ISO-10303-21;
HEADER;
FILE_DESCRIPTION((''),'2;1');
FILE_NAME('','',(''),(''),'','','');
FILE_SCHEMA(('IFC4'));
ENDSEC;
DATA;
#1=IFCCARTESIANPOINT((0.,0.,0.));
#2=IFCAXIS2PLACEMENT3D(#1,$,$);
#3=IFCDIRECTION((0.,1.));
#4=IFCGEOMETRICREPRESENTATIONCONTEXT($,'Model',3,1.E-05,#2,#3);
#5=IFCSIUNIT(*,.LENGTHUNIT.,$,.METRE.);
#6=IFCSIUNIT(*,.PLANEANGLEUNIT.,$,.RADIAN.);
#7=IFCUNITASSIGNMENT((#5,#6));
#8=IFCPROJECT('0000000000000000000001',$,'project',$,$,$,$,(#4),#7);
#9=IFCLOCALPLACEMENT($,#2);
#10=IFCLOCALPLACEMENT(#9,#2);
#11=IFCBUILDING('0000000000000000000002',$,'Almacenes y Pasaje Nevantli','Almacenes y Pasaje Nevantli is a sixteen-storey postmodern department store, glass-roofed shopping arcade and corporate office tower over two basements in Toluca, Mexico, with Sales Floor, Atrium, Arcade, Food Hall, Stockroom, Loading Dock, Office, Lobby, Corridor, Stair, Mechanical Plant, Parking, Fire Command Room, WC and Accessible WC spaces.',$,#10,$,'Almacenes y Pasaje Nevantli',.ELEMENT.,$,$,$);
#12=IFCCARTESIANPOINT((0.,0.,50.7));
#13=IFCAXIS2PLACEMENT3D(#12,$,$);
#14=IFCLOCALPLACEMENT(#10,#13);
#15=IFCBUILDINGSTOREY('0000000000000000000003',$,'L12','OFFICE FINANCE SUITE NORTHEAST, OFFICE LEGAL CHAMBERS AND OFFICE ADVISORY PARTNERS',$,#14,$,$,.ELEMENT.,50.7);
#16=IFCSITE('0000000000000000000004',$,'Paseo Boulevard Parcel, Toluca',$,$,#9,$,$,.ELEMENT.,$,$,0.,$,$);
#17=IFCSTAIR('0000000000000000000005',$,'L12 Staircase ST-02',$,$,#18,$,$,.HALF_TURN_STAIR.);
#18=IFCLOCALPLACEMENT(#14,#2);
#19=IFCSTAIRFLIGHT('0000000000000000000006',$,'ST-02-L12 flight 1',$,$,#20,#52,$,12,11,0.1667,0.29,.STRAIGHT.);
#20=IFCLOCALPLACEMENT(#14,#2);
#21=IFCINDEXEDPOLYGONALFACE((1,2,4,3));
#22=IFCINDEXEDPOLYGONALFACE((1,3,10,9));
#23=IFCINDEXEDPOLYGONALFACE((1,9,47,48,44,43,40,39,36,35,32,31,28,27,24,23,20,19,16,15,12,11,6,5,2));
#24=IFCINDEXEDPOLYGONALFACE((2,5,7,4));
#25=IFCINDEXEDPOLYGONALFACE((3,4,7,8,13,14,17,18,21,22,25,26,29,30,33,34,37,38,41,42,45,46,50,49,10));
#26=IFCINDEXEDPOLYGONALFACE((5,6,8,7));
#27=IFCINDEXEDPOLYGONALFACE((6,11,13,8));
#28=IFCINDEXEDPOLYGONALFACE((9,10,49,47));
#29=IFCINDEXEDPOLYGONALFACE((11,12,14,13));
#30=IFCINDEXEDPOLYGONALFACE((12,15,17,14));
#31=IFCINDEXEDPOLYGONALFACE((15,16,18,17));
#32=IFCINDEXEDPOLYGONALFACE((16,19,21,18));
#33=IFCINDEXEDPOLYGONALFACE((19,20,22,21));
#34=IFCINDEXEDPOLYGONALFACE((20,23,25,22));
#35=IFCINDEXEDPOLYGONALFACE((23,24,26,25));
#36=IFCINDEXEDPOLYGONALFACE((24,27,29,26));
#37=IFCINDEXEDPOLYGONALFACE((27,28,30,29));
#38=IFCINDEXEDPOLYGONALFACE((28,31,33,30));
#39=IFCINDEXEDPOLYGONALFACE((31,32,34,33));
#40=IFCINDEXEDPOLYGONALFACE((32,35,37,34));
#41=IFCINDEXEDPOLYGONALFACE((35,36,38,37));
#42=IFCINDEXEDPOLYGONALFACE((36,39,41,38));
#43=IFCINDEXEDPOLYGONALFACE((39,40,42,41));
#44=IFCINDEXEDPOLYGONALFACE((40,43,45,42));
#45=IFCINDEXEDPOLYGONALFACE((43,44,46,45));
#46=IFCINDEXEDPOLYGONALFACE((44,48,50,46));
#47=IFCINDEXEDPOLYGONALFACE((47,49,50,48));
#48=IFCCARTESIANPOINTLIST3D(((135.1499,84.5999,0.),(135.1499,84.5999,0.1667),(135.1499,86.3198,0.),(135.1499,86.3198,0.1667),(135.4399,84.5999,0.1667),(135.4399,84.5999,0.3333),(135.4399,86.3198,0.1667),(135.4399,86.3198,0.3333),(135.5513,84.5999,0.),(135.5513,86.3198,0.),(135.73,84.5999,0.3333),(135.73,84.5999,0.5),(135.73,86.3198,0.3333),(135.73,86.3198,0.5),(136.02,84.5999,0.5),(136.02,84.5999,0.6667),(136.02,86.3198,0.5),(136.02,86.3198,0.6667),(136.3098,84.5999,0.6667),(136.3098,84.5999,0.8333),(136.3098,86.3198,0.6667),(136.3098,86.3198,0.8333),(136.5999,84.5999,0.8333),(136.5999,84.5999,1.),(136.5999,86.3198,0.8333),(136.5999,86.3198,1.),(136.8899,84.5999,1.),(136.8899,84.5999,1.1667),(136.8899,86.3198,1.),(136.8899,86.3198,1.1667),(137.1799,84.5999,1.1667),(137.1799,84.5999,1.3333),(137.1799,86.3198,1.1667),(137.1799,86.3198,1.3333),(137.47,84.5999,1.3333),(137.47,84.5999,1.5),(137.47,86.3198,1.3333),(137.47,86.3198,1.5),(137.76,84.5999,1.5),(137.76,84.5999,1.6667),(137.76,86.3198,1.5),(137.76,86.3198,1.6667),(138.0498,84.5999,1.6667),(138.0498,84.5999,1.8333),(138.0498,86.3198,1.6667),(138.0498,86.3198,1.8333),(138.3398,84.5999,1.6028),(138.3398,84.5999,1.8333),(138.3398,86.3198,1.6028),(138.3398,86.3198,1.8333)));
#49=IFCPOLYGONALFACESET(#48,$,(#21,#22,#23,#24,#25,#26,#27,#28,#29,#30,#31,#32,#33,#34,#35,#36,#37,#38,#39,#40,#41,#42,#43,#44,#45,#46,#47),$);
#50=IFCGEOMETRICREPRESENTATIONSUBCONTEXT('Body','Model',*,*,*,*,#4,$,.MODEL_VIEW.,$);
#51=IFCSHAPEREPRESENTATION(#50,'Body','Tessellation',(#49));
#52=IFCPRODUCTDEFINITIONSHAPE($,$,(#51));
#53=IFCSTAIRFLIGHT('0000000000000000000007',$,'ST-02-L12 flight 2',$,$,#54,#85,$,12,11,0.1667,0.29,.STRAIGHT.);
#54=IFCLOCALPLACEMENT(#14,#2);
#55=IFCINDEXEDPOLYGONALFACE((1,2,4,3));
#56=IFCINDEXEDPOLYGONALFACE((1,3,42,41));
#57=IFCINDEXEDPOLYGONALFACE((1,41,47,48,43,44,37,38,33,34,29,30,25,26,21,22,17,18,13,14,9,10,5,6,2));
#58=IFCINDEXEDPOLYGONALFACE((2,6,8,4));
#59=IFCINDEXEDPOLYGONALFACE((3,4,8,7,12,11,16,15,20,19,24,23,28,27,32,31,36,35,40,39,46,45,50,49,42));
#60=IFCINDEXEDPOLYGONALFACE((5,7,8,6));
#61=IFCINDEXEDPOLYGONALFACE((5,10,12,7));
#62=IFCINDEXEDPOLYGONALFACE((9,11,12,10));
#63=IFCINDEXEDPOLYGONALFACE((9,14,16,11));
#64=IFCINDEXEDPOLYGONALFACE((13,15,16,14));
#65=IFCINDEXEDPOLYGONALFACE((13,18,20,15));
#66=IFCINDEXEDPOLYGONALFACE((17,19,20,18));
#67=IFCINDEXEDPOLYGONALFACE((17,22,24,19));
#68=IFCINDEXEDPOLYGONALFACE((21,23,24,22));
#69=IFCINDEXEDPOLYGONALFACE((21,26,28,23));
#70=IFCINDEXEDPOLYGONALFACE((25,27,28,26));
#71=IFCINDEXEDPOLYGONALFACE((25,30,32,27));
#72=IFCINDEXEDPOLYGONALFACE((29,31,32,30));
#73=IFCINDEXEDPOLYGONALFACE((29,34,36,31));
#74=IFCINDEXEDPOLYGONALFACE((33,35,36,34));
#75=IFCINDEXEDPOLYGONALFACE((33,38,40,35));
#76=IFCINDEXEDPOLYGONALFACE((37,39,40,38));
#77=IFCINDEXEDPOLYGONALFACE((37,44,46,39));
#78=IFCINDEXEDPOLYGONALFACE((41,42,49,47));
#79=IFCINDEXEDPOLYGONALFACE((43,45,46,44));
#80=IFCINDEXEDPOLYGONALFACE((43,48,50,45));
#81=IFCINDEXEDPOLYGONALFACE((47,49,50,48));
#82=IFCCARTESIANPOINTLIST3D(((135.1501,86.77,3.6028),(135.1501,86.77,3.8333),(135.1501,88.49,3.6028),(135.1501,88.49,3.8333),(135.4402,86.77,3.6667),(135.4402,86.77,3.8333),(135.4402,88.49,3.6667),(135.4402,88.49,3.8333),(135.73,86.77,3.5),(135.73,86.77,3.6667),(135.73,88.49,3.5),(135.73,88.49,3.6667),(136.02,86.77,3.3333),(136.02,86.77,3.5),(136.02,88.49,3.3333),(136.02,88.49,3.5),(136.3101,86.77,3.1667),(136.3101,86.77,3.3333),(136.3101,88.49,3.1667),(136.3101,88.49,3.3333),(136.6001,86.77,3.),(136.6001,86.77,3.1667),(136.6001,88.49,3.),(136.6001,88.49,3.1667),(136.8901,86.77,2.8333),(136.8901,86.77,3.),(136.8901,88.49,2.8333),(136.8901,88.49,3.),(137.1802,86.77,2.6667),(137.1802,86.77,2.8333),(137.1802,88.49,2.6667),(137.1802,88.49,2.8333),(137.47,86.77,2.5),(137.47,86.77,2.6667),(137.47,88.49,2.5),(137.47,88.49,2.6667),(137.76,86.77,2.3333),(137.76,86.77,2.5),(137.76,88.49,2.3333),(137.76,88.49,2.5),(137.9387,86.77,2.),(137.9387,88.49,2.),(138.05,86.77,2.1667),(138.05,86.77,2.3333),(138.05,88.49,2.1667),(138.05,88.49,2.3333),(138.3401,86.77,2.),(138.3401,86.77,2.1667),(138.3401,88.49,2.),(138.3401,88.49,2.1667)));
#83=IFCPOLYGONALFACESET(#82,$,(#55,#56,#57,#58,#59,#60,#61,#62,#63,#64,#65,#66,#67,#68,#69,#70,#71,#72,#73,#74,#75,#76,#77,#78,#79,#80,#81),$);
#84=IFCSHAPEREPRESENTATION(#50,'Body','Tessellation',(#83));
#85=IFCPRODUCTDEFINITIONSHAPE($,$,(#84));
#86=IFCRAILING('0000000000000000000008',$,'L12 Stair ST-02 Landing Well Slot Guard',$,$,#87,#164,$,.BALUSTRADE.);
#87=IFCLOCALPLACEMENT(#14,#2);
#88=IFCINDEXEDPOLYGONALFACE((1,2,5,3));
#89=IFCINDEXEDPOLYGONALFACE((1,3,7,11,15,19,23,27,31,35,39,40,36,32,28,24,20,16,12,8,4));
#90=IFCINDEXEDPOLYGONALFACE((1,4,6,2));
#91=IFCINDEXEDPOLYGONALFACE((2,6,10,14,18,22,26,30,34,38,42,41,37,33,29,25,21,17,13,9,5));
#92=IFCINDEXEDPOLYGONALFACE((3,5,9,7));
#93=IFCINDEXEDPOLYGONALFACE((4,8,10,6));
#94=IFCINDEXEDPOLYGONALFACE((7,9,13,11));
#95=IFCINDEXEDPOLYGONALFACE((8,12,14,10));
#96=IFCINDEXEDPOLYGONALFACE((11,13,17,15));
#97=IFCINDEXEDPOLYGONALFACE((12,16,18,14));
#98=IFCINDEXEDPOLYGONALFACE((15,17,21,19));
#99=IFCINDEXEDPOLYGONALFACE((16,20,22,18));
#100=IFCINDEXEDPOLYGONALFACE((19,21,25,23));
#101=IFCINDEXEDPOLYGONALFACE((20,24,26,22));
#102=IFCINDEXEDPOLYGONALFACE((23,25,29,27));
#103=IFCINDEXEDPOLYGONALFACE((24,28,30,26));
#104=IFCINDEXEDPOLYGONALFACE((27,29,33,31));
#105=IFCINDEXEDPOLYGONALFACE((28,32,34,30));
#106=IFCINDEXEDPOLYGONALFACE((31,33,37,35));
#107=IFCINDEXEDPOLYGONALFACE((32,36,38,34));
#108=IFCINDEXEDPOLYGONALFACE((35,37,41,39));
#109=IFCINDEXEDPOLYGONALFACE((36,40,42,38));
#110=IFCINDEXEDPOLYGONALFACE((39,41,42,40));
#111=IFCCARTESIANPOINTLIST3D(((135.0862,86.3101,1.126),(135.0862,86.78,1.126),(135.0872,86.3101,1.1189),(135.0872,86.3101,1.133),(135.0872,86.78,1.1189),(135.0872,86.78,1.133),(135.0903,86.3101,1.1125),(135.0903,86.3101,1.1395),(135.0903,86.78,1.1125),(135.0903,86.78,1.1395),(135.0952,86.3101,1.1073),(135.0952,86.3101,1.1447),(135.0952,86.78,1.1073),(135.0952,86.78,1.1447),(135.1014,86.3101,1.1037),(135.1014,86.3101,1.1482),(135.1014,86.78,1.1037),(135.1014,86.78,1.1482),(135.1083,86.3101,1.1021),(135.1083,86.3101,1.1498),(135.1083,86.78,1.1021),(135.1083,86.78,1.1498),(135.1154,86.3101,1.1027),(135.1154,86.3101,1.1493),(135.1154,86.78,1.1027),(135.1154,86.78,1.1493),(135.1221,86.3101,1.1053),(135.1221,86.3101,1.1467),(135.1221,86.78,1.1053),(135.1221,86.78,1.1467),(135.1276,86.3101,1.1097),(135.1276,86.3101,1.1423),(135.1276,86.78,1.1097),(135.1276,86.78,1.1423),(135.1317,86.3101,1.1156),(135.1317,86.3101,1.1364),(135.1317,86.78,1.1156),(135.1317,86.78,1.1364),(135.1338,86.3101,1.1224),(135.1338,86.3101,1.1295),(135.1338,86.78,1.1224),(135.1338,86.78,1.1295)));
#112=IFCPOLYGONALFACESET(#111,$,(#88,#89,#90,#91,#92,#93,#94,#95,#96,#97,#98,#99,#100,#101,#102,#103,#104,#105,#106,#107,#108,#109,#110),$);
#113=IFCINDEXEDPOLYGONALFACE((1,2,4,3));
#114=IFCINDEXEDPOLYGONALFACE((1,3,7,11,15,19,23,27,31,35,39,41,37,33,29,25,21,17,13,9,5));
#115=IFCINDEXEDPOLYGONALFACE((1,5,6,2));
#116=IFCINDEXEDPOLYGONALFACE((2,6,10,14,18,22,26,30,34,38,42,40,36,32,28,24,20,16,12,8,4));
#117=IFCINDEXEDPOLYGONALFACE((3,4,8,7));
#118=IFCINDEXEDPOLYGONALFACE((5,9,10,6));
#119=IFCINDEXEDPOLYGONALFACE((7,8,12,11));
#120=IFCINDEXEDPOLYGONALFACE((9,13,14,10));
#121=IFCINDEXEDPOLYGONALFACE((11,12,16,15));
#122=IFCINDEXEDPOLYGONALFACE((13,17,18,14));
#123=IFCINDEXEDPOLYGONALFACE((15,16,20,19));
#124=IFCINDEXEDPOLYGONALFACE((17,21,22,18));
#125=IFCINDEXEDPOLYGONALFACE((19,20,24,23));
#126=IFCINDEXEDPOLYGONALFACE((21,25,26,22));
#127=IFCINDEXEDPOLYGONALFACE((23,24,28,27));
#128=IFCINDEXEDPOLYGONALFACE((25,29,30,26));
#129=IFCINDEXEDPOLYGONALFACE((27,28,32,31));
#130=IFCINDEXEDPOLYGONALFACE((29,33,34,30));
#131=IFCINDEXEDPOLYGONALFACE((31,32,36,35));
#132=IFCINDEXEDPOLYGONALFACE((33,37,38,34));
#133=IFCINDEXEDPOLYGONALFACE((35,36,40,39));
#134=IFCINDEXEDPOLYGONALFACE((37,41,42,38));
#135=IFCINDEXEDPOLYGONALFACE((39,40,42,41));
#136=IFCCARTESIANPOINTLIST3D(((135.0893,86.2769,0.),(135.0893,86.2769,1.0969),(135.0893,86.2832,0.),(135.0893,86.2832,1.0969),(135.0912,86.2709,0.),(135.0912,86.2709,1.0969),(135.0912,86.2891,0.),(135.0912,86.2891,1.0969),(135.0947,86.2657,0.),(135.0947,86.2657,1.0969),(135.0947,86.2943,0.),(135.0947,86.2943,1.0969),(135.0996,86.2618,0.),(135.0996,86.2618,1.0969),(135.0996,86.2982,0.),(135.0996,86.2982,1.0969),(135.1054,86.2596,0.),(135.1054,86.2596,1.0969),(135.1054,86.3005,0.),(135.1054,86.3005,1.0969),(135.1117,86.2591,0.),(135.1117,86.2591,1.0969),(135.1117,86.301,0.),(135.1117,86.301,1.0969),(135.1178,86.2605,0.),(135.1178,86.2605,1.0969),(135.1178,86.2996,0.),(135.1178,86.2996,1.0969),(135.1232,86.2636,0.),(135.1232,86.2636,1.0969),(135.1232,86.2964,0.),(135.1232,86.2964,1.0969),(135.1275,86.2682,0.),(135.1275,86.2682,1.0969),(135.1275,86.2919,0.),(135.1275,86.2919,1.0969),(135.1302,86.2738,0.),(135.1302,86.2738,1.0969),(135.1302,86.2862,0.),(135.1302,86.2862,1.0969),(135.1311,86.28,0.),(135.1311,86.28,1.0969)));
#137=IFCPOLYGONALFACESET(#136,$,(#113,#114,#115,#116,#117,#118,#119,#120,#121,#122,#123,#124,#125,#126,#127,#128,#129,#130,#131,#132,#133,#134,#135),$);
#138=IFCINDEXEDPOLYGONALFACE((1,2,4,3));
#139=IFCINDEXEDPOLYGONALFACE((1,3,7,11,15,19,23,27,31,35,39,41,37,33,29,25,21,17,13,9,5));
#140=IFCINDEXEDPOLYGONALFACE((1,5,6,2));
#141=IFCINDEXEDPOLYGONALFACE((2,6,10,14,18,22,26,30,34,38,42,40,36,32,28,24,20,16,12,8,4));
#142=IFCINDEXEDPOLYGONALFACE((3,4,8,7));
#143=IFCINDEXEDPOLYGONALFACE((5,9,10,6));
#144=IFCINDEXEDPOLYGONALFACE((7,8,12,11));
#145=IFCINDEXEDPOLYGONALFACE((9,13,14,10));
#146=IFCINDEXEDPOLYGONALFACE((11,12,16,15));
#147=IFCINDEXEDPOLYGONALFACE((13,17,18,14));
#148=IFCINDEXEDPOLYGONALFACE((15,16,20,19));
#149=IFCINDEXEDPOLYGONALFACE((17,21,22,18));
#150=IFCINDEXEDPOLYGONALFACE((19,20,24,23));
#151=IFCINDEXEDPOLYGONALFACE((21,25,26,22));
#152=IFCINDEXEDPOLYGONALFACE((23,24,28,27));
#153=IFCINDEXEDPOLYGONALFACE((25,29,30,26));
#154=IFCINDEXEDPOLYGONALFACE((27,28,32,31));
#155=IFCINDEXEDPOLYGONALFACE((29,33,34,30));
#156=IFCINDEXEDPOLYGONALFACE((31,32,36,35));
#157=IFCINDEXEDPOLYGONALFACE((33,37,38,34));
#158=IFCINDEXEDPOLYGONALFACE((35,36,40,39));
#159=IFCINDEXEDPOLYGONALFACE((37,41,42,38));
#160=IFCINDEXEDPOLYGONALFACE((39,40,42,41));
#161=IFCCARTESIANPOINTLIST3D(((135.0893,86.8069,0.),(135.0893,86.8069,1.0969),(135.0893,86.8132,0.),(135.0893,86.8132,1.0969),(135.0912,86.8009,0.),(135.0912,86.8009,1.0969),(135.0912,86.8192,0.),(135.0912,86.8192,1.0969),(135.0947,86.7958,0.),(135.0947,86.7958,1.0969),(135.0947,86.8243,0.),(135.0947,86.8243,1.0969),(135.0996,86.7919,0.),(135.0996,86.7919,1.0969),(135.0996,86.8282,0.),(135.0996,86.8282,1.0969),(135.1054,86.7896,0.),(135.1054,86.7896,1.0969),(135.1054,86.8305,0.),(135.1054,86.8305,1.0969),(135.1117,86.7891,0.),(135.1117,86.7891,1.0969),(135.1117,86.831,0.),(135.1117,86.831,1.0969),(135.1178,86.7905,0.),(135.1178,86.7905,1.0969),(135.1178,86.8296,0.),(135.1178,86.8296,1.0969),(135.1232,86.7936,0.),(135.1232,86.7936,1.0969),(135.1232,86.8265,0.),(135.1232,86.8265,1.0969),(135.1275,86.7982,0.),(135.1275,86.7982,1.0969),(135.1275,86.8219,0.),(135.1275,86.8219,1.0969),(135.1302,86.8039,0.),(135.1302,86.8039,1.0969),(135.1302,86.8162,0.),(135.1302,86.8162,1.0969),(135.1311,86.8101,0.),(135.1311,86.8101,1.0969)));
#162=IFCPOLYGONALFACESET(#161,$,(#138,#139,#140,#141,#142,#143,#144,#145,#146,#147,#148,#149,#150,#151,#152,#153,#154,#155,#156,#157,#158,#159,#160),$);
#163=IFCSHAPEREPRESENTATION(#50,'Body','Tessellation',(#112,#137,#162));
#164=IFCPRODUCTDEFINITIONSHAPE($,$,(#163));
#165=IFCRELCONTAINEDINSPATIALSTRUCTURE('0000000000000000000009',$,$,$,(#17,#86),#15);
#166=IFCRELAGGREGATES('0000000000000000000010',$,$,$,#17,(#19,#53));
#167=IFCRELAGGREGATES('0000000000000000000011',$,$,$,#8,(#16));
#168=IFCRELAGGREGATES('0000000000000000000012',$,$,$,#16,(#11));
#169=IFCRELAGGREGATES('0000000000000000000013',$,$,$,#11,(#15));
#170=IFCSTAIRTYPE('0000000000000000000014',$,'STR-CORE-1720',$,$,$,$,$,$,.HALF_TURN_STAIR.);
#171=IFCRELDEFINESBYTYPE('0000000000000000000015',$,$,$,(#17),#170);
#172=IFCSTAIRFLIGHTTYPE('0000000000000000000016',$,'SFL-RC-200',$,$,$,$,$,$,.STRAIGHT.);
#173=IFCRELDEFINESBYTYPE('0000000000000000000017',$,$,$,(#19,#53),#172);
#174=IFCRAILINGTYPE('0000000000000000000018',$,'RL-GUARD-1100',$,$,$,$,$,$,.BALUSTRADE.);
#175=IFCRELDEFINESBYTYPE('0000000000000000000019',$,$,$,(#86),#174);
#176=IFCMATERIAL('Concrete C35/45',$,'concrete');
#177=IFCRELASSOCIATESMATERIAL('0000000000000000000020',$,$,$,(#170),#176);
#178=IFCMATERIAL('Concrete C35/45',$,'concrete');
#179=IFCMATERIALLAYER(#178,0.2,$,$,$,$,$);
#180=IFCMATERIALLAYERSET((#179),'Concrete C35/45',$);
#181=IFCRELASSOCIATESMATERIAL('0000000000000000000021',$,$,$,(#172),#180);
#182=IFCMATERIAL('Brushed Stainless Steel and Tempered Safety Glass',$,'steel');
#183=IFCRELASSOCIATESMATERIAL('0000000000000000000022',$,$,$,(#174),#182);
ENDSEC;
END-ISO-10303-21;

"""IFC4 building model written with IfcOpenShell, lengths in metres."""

from ifc_helpers import new_model, si_unit, direction, frame, origin, origin_2d, place, context, subcontext, project, spatial, polyline, circle, outline, extrude, material, layer, layer_set, type_object, element, aggregate, save


model = new_model("IFC4")

# Units and contexts
model_context = context("Model", 3, precision=1e-05, world=origin(), true_north=direction((0.0, 1.0)))
body_context = subcontext(model_context, "Body", "Model", "MODEL_VIEW")
ifc_project = project(units=[si_unit("LENGTHUNIT", "METRE"), si_unit("PLANEANGLEUNIT", "RADIAN")], contexts=[model_context])

# Site, building, storey
site_placement = place(None, origin())
site = spatial("IfcSite", under=ifc_project, at=site_placement, Name="Paseo Boulevard Parcel, Toluca", CompositionType="ELEMENT", RefElevation=0.0)
building_placement = place(site_placement, origin())
building = spatial("IfcBuilding", under=site, at=building_placement, Name="Almacenes y Pasaje Nevantli", Description="Almacenes y Pasaje Nevantli is a sixteen-storey postmodern department store, glass-roofed shopping arcade and corporate office tower over two basements in Toluca, Mexico, with Sales Floor, Atrium, Arcade, Food Hall, Stockroom, Loading Dock, Office, Lobby, Corridor, Stair, Mechanical Plant, Parking, Fire Command Room, WC and Accessible WC spaces.", LongName="Almacenes y Pasaje Nevantli", CompositionType="ELEMENT")
storey_placement = place(building_placement, frame((0.0, 0.0, 50.7)))
storey = spatial("IfcBuildingStorey", under=building, at=storey_placement, Name="L12", Description="OFFICE FINANCE SUITE NORTHEAST, OFFICE LEGAL CHAMBERS AND OFFICE ADVISORY PARTNERS", CompositionType="ELEMENT", Elevation=50.7)

# Stair, stair flights
ifc_material_1 = material(Name="Concrete C35/45", Category="concrete")
stair_type = type_object("IfcStairType", Name="STR-CORE-1720", PredefinedType="HALF_TURN_STAIR", material=ifc_material_1)
stair_placement = place(storey_placement, origin())
stair = element("IfcStair", 1, at=stair_placement, inside=storey, type_object=stair_type, Name="L12 Staircase ST-02", PredefinedType="HALF_TURN_STAIR")
ifc_material_2 = material(Name="Concrete C35/45", Category="concrete")
ifc_layer_1 = layer(ifc_material_2, 0.2)
ifc_layer_set_1 = layer_set([ifc_layer_1], Name="Concrete C35/45")
stair_flight_type = type_object("IfcStairFlightType", Name="SFL-RC-200", PredefinedType="STRAIGHT", material=ifc_layer_set_1)
stair_flight_1_placement = place(storey_placement, frame((135.1499, 85.46, 0.0), z_axis=(0.0, 0.0, 1.0), x_axis=(1.0, 0.0, 0.0)))
stair_flight_1 = element("IfcStairFlight", 2, at=stair_flight_1_placement, type_object=stair_flight_type, Name="ST-02-L12 flight 1", NumberOfRisers=12, NumberOfTreads=11, PredefinedType="STRAIGHT", RiserHeight=0.1667, TreadLength=0.29, context=body_context, shape_type="SweptSolid", body=[
    extrude(outline(polyline([(0.0, 0.0), (0.0, 0.1667), (0.29, 0.1667), (0.29, 0.3333), (0.5801, 0.3333), (0.5801, 0.5), (0.8701, 0.5), (0.8701, 0.6667), (1.1599, 0.6667), (1.1599, 0.8333), (1.45, 0.8333), (1.45, 1.0), (1.74, 1.0), (1.74, 1.1667), (2.03, 1.1667), (2.03, 1.3333), (2.3201, 1.3333), (2.3201, 1.5), (2.6101, 1.5), (2.6101, 1.6667), (2.8999, 1.6667), (2.8999, 1.8333), (3.1899, 1.8333), (3.1899, 2.0), (3.1899, 1.6028), (0.4014, 0.0), (0.0, 0.0)])), frame((0.0, 0.8599, 0.0), z_axis=(0.0, -1.0, 0.0), x_axis=(1.0, 0.0, 0.0)), (0.0, 0.0, 1.0), 1.72),
])
stair_flight_2_placement = place(storey_placement, frame((138.3401, 87.6299, 2.0), z_axis=(0.0, 0.0, 1.0), x_axis=(-1.0, 0.0, 0.0)))
stair_flight_2 = element("IfcStairFlight", 3, at=stair_flight_2_placement, type_object=stair_flight_type, Name="ST-02-L12 flight 2", NumberOfRisers=12, NumberOfTreads=11, PredefinedType="STRAIGHT", RiserHeight=0.1667, TreadLength=0.29, context=body_context, shape_type="SweptSolid", body=[
    extrude(outline(polyline([(0.0, 0.0), (0.0, 0.1667), (0.29, 0.1667), (0.29, 0.3333), (0.5801, 0.3333), (0.5801, 0.5), (0.8701, 0.5), (0.8701, 0.6667), (1.1599, 0.6667), (1.1599, 0.8333), (1.45, 0.8333), (1.45, 1.0), (1.74, 1.0), (1.74, 1.1667), (2.03, 1.1667), (2.03, 1.3333), (2.3201, 1.3333), (2.3201, 1.5), (2.6101, 1.5), (2.6101, 1.6667), (2.8999, 1.6667), (2.8999, 1.8333), (3.1899, 1.8333), (3.1899, 2.0), (3.1899, 1.6028), (0.4014, 0.0), (0.0, 0.0)])), frame((0.0, 0.8599, 0.0), z_axis=(0.0, -1.0, 0.0), x_axis=(1.0, 0.0, 0.0)), (0.0, 0.0, 1.0), 1.72),
])
aggregate(stair, [stair_flight_1, stair_flight_2])

# Railing
ifc_material_3 = material(Name="Brushed Stainless Steel and Tempered Safety Glass", Category="steel")
railing_type_1 = type_object("IfcRailingType", Name="RL-GUARD-1100", PredefinedType="BALUSTRADE", material=ifc_material_3)
railing_1_placement = place(storey_placement, frame((135.1101, 86.28, 0.0)))
element("IfcRailing", 4, at=railing_1_placement, inside=storey, type_object=railing_type_1, Name="L12 Stair ST-02 Landing Well Slot Guard", PredefinedType="BALUSTRADE", context=body_context, shape_type="SweptSolid", body=[
    extrude(circle(Radius=0.0239, at=origin_2d()), frame((0.0, 0.03, 1.126), z_axis=(0.0, 1.0, 0.0), x_axis=(-1.0, 0.0, 0.0)), (0.0, 0.0, 1.0), 0.47),
    extrude(circle(Radius=0.021, at=origin_2d()), origin(), (0.0, 0.0, 1.0), 1.0969),
    extrude(circle(Radius=0.021, at=origin_2d()), frame((0.0, 0.53, 0.0)), (0.0, 0.0, 1.0), 1.0969),
])

save(model, "model.ifc")
